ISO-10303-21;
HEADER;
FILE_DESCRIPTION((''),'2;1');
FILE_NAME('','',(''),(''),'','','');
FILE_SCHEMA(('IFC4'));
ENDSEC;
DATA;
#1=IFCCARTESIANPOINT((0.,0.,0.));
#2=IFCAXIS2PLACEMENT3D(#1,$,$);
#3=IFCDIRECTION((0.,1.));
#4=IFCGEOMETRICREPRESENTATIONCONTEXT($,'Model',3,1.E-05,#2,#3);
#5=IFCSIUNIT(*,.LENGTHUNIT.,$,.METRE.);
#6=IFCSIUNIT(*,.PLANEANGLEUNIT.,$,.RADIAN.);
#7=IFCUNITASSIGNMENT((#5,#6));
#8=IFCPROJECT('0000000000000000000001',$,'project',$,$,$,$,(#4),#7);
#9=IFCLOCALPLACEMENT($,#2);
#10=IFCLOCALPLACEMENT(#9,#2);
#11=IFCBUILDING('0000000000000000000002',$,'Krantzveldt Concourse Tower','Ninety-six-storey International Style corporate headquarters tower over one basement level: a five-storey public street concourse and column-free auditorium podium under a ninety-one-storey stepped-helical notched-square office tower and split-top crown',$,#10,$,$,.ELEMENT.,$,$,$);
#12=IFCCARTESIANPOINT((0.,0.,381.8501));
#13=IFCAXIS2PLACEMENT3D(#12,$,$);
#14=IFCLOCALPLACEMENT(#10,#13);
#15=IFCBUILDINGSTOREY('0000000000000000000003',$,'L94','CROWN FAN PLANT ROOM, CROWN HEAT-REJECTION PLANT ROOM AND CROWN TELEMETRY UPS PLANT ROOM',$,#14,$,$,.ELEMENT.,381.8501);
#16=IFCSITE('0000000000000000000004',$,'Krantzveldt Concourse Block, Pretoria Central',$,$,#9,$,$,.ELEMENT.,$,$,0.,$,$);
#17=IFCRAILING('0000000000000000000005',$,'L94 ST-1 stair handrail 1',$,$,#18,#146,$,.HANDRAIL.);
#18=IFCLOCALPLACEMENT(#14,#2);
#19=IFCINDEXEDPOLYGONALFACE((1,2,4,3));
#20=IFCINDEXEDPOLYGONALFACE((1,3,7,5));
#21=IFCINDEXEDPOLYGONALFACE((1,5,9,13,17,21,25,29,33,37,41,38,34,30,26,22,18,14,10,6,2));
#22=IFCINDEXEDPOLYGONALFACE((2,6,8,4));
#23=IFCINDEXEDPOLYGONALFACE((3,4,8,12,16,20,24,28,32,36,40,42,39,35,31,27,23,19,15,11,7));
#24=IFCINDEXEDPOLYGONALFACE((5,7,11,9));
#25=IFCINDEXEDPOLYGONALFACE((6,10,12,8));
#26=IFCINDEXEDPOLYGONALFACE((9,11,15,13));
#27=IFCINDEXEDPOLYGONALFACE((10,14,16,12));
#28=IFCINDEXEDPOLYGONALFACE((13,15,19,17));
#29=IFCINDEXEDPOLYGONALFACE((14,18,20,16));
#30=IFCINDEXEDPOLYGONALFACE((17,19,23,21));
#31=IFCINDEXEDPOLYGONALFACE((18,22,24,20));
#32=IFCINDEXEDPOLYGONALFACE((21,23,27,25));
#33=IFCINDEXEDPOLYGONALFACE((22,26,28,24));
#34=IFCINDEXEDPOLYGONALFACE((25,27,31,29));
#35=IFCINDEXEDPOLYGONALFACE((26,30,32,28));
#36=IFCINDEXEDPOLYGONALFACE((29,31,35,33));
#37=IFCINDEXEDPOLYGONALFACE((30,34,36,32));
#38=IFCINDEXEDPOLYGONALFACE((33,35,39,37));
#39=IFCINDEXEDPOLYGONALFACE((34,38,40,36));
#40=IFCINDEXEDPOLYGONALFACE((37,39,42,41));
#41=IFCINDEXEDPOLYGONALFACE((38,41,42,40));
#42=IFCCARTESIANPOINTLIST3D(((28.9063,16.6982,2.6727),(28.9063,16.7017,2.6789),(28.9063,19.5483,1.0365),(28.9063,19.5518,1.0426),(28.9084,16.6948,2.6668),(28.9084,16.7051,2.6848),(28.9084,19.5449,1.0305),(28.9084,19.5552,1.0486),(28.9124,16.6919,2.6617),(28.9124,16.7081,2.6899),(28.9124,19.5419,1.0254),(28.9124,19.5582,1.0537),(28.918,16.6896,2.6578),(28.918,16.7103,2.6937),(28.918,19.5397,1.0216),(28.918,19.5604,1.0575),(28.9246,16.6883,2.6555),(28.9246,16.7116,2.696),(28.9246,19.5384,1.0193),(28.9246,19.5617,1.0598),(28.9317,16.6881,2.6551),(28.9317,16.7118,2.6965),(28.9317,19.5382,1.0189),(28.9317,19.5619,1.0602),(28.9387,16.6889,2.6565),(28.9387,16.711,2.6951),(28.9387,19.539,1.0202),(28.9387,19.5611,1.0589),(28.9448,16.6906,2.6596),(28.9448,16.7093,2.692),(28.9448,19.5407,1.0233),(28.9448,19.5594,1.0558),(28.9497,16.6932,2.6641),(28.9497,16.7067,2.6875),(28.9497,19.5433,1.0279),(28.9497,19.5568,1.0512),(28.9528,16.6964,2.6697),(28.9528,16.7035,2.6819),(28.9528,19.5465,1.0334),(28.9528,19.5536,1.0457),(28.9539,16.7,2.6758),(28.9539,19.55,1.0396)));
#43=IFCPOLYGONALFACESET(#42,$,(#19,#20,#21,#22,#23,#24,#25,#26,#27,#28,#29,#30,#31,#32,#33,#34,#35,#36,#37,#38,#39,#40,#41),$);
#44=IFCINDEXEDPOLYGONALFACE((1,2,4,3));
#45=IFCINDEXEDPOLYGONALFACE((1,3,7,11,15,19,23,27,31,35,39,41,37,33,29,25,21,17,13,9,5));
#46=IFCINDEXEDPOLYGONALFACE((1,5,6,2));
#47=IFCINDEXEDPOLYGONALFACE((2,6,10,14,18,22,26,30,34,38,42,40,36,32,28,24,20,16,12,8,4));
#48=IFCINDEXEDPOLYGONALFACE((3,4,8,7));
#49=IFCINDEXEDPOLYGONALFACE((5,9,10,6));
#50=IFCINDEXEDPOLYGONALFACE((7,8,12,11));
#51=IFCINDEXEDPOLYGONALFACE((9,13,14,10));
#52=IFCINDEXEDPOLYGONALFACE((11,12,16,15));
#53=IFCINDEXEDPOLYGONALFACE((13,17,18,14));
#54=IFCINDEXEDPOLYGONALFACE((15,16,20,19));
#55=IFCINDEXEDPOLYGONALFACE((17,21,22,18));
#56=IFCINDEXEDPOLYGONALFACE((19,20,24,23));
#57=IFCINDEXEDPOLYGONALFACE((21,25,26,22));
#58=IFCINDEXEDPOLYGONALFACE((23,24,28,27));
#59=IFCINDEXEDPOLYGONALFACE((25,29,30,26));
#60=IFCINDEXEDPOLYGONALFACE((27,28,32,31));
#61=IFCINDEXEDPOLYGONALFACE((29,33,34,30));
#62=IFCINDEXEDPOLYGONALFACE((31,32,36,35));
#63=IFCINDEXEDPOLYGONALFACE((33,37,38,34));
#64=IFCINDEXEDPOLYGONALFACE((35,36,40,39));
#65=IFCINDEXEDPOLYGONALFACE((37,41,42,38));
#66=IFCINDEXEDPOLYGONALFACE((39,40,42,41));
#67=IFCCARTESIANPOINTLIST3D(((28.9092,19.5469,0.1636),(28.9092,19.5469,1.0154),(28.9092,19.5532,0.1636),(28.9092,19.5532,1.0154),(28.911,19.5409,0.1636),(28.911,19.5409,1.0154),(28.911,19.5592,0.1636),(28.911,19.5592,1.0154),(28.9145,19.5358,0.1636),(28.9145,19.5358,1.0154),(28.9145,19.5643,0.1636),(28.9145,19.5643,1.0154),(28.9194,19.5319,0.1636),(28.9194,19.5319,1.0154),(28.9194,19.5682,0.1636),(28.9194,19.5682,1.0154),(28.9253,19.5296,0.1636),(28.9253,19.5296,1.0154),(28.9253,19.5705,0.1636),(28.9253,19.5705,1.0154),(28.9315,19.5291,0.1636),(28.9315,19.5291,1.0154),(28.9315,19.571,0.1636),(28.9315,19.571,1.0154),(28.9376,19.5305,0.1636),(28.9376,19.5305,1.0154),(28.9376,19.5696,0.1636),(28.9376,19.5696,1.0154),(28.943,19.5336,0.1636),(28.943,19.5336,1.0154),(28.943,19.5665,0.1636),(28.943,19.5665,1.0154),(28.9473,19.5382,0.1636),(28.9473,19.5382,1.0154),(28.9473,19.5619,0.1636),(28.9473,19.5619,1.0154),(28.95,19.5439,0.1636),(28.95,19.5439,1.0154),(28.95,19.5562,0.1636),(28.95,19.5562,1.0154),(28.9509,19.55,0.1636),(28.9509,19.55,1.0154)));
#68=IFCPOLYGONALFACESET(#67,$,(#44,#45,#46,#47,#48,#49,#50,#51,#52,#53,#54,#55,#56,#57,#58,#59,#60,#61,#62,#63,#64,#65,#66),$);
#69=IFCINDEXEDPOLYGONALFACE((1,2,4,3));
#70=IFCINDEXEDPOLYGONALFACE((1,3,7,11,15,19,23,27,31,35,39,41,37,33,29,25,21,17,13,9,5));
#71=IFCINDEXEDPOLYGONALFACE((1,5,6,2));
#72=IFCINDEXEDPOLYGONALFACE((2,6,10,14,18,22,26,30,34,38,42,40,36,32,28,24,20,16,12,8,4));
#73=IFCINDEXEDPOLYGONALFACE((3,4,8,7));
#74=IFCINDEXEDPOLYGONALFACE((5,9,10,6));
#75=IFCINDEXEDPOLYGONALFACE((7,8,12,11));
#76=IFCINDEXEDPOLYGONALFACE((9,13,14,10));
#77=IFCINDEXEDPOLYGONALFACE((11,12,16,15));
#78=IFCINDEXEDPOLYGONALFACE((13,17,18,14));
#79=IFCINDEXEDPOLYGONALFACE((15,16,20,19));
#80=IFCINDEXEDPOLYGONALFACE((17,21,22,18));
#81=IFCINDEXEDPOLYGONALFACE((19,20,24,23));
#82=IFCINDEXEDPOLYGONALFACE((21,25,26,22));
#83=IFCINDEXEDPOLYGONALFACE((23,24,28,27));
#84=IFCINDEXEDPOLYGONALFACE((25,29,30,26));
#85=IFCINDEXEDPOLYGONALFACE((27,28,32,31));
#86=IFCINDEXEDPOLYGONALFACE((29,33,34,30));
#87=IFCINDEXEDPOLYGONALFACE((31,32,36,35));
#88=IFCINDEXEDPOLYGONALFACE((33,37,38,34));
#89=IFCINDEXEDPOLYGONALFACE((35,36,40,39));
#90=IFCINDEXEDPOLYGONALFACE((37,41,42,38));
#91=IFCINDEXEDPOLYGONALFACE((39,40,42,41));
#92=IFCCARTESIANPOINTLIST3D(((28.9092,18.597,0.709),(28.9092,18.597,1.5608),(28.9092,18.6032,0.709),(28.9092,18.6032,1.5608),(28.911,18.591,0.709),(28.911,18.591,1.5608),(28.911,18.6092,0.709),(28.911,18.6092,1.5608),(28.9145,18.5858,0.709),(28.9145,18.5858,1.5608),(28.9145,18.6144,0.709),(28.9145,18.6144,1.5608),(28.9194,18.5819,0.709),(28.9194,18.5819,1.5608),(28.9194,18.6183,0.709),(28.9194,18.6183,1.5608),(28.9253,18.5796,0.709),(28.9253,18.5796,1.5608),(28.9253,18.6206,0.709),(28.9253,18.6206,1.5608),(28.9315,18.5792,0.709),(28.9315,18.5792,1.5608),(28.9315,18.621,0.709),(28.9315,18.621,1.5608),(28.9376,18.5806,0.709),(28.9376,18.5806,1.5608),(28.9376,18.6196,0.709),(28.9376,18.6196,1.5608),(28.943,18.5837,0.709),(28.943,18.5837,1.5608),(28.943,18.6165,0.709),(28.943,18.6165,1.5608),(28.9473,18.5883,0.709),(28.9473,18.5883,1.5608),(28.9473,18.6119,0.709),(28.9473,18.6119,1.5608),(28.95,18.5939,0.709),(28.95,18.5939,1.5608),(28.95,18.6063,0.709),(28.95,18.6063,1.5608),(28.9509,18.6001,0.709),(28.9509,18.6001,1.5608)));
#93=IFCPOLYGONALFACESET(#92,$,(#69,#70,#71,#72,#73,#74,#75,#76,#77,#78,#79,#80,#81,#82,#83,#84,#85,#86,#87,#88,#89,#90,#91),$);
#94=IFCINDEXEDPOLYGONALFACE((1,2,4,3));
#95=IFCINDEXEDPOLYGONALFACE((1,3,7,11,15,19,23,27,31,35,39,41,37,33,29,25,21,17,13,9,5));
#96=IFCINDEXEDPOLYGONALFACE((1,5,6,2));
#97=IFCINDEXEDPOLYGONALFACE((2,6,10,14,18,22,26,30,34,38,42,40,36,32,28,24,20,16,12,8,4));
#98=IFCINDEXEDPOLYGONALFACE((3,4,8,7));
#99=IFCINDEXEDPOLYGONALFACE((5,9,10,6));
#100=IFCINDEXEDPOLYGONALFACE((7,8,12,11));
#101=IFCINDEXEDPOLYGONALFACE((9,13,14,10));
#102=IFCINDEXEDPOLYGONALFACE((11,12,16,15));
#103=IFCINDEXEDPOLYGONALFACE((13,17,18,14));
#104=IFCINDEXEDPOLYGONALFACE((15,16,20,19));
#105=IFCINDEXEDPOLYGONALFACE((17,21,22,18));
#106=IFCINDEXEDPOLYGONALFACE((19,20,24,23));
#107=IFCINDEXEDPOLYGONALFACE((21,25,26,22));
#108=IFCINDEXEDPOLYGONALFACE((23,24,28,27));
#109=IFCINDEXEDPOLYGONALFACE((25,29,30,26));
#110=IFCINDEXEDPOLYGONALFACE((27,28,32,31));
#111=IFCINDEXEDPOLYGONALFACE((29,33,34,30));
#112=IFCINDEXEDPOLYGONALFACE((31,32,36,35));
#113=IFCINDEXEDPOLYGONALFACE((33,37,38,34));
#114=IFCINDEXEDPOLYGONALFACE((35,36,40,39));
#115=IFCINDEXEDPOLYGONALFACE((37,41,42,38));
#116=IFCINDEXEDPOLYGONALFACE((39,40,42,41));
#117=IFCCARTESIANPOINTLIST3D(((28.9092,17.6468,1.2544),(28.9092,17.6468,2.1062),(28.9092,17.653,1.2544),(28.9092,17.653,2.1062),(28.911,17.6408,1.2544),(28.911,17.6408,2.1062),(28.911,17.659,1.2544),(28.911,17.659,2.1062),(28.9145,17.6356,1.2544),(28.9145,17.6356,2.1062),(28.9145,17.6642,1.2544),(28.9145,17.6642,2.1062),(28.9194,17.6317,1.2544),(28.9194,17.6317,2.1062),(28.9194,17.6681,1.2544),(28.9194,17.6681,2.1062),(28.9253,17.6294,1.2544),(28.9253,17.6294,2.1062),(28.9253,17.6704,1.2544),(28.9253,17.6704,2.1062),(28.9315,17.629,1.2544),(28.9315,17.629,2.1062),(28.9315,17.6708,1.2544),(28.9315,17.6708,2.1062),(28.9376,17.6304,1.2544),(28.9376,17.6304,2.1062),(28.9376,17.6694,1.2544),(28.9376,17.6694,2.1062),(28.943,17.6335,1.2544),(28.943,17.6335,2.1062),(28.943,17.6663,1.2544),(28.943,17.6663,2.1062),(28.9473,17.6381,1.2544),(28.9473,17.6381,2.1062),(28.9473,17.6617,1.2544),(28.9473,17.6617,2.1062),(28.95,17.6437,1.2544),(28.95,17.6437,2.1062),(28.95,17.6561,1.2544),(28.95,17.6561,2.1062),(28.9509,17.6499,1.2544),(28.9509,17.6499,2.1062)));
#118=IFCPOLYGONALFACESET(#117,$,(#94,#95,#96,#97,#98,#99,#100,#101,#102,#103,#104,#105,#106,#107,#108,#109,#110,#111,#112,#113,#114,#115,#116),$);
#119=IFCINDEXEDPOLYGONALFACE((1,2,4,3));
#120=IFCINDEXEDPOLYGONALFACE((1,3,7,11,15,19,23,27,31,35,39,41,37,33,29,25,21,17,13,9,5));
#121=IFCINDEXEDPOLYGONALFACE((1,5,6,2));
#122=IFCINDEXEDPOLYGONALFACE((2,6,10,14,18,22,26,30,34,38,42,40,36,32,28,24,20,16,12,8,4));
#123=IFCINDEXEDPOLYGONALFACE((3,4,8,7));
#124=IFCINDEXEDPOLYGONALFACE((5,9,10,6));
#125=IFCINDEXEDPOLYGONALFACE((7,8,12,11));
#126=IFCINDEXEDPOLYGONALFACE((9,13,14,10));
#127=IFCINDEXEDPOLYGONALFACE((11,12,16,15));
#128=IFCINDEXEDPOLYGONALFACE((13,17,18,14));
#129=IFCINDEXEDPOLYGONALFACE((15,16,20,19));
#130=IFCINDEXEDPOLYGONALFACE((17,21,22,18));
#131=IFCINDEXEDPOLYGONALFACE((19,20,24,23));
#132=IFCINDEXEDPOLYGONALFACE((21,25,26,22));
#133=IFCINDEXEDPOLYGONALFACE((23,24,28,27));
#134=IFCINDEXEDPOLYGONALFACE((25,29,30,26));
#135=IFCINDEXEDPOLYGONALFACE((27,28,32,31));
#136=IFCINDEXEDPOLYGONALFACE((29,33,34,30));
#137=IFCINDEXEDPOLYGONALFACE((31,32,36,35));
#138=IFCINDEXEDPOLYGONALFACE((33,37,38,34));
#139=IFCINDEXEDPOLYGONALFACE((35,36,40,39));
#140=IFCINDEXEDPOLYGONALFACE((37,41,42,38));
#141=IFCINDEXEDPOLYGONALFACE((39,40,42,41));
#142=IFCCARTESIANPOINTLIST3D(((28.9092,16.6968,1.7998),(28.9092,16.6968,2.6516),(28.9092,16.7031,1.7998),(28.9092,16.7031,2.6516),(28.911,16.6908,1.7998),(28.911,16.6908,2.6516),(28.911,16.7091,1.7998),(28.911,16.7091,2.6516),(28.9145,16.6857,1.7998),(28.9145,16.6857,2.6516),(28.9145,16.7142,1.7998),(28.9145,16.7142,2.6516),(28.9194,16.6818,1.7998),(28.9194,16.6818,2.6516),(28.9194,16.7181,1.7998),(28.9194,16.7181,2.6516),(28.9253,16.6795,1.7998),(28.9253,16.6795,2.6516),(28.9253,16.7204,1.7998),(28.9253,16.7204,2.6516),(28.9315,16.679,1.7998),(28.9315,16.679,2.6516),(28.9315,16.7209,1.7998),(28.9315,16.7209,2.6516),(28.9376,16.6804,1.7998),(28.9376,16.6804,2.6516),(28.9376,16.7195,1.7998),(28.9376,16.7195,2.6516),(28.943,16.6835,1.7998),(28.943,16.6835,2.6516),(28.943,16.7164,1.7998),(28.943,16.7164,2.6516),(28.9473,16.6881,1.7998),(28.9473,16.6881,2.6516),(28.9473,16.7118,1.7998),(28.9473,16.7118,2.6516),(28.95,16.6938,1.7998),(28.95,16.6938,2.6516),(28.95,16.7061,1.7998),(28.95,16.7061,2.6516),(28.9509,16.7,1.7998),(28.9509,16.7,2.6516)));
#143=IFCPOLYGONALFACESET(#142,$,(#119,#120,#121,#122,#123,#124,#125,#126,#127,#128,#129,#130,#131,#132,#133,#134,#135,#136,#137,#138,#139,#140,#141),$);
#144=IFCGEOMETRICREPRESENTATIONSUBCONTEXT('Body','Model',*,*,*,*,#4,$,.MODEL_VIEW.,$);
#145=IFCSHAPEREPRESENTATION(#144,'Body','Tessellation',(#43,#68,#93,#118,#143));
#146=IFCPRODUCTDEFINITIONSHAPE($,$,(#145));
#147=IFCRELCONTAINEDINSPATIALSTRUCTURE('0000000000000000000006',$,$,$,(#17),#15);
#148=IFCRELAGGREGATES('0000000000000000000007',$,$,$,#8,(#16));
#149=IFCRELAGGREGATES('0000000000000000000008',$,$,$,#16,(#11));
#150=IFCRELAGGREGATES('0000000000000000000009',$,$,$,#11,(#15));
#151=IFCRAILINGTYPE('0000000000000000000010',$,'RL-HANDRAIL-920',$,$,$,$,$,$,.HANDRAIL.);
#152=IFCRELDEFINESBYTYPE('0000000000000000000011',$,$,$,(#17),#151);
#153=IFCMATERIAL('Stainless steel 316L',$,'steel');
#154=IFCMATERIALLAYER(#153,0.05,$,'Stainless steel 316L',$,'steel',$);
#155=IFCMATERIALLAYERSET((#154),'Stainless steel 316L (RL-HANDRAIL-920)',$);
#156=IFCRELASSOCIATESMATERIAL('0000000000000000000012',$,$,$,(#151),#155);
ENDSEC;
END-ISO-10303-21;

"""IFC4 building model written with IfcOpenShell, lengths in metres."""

from ifc_helpers import new_model, si_unit, direction, frame, origin, origin_2d, place, context, subcontext, project, spatial, circle, extrude, material, layer, layer_set, type_object, element, save


model = new_model("IFC4")

# Units and contexts
model_context = context("Model", 3, precision=1e-05, world=origin(), true_north=direction((0.0, 1.0)))
body_context = subcontext(model_context, "Body", "Model", "MODEL_VIEW")
ifc_project = project(units=[si_unit("LENGTHUNIT", "METRE"), si_unit("PLANEANGLEUNIT", "RADIAN")], contexts=[model_context])

# Site, building, storey
site_placement = place(None, origin())
site = spatial("IfcSite", under=ifc_project, at=site_placement, Name="Krantzveldt Concourse Block, Pretoria Central", CompositionType="ELEMENT", RefElevation=0.0)
building_placement = place(site_placement, origin())
building = spatial("IfcBuilding", under=site, at=building_placement, Name="Krantzveldt Concourse Tower", Description="Ninety-six-storey International Style corporate headquarters tower over one basement level: a five-storey public street concourse and column-free auditorium podium under a ninety-one-storey stepped-helical notched-square office tower and split-top crown", CompositionType="ELEMENT")
storey_placement = place(building_placement, frame((0.0, 0.0, 381.8501)))
storey = spatial("IfcBuildingStorey", under=building, at=storey_placement, Name="L94", Description="CROWN FAN PLANT ROOM, CROWN HEAT-REJECTION PLANT ROOM AND CROWN TELEMETRY UPS PLANT ROOM", CompositionType="ELEMENT", Elevation=381.8501)

# Railing
ifc_material_1 = material(Name="Stainless steel 316L", Category="steel")
ifc_layer_1 = layer(ifc_material_1, 0.05, Name="Stainless steel 316L", Category="steel")
ifc_layer_set_1 = layer_set([ifc_layer_1], Name="Stainless steel 316L (RL-HANDRAIL-920)")
railing_type_1 = type_object("IfcRailingType", Name="RL-HANDRAIL-920", PredefinedType="HANDRAIL", material=ifc_layer_set_1)
railing_1_placement = place(storey_placement, frame((28.9299, 19.55, 0.1636)))
element("IfcRailing", 1, at=railing_1_placement, inside=storey, type_object=railing_type_1, Name="L94 ST-1 stair handrail 1", PredefinedType="HANDRAIL", context=body_context, shape_type="SweptSolid", body=[
    extrude(circle(Radius=0.0239, at=origin_2d()), frame((0.0, 0.0, 0.876), z_axis=(0.0, -0.867245, 0.497882), x_axis=(1.0, 0.0, 0.0)), (0.0, 0.0, 1.0), 3.2864),
    extrude(circle(Radius=0.021, at=origin_2d()), origin(), (0.0, 0.0, 1.0), 0.8518),
    extrude(circle(Radius=0.021, at=origin_2d()), frame((0.0, -0.95, 0.5454)), (0.0, 0.0, 1.0), 0.8518),
    extrude(circle(Radius=0.021, at=origin_2d()), frame((0.0, -1.9001, 1.0908)), (0.0, 0.0, 1.0), 0.8518),
    extrude(circle(Radius=0.021, at=origin_2d()), frame((0.0, -2.8501, 1.6362)), (0.0, 0.0, 1.0), 0.8518),
])

save(model, "model.ifc")
